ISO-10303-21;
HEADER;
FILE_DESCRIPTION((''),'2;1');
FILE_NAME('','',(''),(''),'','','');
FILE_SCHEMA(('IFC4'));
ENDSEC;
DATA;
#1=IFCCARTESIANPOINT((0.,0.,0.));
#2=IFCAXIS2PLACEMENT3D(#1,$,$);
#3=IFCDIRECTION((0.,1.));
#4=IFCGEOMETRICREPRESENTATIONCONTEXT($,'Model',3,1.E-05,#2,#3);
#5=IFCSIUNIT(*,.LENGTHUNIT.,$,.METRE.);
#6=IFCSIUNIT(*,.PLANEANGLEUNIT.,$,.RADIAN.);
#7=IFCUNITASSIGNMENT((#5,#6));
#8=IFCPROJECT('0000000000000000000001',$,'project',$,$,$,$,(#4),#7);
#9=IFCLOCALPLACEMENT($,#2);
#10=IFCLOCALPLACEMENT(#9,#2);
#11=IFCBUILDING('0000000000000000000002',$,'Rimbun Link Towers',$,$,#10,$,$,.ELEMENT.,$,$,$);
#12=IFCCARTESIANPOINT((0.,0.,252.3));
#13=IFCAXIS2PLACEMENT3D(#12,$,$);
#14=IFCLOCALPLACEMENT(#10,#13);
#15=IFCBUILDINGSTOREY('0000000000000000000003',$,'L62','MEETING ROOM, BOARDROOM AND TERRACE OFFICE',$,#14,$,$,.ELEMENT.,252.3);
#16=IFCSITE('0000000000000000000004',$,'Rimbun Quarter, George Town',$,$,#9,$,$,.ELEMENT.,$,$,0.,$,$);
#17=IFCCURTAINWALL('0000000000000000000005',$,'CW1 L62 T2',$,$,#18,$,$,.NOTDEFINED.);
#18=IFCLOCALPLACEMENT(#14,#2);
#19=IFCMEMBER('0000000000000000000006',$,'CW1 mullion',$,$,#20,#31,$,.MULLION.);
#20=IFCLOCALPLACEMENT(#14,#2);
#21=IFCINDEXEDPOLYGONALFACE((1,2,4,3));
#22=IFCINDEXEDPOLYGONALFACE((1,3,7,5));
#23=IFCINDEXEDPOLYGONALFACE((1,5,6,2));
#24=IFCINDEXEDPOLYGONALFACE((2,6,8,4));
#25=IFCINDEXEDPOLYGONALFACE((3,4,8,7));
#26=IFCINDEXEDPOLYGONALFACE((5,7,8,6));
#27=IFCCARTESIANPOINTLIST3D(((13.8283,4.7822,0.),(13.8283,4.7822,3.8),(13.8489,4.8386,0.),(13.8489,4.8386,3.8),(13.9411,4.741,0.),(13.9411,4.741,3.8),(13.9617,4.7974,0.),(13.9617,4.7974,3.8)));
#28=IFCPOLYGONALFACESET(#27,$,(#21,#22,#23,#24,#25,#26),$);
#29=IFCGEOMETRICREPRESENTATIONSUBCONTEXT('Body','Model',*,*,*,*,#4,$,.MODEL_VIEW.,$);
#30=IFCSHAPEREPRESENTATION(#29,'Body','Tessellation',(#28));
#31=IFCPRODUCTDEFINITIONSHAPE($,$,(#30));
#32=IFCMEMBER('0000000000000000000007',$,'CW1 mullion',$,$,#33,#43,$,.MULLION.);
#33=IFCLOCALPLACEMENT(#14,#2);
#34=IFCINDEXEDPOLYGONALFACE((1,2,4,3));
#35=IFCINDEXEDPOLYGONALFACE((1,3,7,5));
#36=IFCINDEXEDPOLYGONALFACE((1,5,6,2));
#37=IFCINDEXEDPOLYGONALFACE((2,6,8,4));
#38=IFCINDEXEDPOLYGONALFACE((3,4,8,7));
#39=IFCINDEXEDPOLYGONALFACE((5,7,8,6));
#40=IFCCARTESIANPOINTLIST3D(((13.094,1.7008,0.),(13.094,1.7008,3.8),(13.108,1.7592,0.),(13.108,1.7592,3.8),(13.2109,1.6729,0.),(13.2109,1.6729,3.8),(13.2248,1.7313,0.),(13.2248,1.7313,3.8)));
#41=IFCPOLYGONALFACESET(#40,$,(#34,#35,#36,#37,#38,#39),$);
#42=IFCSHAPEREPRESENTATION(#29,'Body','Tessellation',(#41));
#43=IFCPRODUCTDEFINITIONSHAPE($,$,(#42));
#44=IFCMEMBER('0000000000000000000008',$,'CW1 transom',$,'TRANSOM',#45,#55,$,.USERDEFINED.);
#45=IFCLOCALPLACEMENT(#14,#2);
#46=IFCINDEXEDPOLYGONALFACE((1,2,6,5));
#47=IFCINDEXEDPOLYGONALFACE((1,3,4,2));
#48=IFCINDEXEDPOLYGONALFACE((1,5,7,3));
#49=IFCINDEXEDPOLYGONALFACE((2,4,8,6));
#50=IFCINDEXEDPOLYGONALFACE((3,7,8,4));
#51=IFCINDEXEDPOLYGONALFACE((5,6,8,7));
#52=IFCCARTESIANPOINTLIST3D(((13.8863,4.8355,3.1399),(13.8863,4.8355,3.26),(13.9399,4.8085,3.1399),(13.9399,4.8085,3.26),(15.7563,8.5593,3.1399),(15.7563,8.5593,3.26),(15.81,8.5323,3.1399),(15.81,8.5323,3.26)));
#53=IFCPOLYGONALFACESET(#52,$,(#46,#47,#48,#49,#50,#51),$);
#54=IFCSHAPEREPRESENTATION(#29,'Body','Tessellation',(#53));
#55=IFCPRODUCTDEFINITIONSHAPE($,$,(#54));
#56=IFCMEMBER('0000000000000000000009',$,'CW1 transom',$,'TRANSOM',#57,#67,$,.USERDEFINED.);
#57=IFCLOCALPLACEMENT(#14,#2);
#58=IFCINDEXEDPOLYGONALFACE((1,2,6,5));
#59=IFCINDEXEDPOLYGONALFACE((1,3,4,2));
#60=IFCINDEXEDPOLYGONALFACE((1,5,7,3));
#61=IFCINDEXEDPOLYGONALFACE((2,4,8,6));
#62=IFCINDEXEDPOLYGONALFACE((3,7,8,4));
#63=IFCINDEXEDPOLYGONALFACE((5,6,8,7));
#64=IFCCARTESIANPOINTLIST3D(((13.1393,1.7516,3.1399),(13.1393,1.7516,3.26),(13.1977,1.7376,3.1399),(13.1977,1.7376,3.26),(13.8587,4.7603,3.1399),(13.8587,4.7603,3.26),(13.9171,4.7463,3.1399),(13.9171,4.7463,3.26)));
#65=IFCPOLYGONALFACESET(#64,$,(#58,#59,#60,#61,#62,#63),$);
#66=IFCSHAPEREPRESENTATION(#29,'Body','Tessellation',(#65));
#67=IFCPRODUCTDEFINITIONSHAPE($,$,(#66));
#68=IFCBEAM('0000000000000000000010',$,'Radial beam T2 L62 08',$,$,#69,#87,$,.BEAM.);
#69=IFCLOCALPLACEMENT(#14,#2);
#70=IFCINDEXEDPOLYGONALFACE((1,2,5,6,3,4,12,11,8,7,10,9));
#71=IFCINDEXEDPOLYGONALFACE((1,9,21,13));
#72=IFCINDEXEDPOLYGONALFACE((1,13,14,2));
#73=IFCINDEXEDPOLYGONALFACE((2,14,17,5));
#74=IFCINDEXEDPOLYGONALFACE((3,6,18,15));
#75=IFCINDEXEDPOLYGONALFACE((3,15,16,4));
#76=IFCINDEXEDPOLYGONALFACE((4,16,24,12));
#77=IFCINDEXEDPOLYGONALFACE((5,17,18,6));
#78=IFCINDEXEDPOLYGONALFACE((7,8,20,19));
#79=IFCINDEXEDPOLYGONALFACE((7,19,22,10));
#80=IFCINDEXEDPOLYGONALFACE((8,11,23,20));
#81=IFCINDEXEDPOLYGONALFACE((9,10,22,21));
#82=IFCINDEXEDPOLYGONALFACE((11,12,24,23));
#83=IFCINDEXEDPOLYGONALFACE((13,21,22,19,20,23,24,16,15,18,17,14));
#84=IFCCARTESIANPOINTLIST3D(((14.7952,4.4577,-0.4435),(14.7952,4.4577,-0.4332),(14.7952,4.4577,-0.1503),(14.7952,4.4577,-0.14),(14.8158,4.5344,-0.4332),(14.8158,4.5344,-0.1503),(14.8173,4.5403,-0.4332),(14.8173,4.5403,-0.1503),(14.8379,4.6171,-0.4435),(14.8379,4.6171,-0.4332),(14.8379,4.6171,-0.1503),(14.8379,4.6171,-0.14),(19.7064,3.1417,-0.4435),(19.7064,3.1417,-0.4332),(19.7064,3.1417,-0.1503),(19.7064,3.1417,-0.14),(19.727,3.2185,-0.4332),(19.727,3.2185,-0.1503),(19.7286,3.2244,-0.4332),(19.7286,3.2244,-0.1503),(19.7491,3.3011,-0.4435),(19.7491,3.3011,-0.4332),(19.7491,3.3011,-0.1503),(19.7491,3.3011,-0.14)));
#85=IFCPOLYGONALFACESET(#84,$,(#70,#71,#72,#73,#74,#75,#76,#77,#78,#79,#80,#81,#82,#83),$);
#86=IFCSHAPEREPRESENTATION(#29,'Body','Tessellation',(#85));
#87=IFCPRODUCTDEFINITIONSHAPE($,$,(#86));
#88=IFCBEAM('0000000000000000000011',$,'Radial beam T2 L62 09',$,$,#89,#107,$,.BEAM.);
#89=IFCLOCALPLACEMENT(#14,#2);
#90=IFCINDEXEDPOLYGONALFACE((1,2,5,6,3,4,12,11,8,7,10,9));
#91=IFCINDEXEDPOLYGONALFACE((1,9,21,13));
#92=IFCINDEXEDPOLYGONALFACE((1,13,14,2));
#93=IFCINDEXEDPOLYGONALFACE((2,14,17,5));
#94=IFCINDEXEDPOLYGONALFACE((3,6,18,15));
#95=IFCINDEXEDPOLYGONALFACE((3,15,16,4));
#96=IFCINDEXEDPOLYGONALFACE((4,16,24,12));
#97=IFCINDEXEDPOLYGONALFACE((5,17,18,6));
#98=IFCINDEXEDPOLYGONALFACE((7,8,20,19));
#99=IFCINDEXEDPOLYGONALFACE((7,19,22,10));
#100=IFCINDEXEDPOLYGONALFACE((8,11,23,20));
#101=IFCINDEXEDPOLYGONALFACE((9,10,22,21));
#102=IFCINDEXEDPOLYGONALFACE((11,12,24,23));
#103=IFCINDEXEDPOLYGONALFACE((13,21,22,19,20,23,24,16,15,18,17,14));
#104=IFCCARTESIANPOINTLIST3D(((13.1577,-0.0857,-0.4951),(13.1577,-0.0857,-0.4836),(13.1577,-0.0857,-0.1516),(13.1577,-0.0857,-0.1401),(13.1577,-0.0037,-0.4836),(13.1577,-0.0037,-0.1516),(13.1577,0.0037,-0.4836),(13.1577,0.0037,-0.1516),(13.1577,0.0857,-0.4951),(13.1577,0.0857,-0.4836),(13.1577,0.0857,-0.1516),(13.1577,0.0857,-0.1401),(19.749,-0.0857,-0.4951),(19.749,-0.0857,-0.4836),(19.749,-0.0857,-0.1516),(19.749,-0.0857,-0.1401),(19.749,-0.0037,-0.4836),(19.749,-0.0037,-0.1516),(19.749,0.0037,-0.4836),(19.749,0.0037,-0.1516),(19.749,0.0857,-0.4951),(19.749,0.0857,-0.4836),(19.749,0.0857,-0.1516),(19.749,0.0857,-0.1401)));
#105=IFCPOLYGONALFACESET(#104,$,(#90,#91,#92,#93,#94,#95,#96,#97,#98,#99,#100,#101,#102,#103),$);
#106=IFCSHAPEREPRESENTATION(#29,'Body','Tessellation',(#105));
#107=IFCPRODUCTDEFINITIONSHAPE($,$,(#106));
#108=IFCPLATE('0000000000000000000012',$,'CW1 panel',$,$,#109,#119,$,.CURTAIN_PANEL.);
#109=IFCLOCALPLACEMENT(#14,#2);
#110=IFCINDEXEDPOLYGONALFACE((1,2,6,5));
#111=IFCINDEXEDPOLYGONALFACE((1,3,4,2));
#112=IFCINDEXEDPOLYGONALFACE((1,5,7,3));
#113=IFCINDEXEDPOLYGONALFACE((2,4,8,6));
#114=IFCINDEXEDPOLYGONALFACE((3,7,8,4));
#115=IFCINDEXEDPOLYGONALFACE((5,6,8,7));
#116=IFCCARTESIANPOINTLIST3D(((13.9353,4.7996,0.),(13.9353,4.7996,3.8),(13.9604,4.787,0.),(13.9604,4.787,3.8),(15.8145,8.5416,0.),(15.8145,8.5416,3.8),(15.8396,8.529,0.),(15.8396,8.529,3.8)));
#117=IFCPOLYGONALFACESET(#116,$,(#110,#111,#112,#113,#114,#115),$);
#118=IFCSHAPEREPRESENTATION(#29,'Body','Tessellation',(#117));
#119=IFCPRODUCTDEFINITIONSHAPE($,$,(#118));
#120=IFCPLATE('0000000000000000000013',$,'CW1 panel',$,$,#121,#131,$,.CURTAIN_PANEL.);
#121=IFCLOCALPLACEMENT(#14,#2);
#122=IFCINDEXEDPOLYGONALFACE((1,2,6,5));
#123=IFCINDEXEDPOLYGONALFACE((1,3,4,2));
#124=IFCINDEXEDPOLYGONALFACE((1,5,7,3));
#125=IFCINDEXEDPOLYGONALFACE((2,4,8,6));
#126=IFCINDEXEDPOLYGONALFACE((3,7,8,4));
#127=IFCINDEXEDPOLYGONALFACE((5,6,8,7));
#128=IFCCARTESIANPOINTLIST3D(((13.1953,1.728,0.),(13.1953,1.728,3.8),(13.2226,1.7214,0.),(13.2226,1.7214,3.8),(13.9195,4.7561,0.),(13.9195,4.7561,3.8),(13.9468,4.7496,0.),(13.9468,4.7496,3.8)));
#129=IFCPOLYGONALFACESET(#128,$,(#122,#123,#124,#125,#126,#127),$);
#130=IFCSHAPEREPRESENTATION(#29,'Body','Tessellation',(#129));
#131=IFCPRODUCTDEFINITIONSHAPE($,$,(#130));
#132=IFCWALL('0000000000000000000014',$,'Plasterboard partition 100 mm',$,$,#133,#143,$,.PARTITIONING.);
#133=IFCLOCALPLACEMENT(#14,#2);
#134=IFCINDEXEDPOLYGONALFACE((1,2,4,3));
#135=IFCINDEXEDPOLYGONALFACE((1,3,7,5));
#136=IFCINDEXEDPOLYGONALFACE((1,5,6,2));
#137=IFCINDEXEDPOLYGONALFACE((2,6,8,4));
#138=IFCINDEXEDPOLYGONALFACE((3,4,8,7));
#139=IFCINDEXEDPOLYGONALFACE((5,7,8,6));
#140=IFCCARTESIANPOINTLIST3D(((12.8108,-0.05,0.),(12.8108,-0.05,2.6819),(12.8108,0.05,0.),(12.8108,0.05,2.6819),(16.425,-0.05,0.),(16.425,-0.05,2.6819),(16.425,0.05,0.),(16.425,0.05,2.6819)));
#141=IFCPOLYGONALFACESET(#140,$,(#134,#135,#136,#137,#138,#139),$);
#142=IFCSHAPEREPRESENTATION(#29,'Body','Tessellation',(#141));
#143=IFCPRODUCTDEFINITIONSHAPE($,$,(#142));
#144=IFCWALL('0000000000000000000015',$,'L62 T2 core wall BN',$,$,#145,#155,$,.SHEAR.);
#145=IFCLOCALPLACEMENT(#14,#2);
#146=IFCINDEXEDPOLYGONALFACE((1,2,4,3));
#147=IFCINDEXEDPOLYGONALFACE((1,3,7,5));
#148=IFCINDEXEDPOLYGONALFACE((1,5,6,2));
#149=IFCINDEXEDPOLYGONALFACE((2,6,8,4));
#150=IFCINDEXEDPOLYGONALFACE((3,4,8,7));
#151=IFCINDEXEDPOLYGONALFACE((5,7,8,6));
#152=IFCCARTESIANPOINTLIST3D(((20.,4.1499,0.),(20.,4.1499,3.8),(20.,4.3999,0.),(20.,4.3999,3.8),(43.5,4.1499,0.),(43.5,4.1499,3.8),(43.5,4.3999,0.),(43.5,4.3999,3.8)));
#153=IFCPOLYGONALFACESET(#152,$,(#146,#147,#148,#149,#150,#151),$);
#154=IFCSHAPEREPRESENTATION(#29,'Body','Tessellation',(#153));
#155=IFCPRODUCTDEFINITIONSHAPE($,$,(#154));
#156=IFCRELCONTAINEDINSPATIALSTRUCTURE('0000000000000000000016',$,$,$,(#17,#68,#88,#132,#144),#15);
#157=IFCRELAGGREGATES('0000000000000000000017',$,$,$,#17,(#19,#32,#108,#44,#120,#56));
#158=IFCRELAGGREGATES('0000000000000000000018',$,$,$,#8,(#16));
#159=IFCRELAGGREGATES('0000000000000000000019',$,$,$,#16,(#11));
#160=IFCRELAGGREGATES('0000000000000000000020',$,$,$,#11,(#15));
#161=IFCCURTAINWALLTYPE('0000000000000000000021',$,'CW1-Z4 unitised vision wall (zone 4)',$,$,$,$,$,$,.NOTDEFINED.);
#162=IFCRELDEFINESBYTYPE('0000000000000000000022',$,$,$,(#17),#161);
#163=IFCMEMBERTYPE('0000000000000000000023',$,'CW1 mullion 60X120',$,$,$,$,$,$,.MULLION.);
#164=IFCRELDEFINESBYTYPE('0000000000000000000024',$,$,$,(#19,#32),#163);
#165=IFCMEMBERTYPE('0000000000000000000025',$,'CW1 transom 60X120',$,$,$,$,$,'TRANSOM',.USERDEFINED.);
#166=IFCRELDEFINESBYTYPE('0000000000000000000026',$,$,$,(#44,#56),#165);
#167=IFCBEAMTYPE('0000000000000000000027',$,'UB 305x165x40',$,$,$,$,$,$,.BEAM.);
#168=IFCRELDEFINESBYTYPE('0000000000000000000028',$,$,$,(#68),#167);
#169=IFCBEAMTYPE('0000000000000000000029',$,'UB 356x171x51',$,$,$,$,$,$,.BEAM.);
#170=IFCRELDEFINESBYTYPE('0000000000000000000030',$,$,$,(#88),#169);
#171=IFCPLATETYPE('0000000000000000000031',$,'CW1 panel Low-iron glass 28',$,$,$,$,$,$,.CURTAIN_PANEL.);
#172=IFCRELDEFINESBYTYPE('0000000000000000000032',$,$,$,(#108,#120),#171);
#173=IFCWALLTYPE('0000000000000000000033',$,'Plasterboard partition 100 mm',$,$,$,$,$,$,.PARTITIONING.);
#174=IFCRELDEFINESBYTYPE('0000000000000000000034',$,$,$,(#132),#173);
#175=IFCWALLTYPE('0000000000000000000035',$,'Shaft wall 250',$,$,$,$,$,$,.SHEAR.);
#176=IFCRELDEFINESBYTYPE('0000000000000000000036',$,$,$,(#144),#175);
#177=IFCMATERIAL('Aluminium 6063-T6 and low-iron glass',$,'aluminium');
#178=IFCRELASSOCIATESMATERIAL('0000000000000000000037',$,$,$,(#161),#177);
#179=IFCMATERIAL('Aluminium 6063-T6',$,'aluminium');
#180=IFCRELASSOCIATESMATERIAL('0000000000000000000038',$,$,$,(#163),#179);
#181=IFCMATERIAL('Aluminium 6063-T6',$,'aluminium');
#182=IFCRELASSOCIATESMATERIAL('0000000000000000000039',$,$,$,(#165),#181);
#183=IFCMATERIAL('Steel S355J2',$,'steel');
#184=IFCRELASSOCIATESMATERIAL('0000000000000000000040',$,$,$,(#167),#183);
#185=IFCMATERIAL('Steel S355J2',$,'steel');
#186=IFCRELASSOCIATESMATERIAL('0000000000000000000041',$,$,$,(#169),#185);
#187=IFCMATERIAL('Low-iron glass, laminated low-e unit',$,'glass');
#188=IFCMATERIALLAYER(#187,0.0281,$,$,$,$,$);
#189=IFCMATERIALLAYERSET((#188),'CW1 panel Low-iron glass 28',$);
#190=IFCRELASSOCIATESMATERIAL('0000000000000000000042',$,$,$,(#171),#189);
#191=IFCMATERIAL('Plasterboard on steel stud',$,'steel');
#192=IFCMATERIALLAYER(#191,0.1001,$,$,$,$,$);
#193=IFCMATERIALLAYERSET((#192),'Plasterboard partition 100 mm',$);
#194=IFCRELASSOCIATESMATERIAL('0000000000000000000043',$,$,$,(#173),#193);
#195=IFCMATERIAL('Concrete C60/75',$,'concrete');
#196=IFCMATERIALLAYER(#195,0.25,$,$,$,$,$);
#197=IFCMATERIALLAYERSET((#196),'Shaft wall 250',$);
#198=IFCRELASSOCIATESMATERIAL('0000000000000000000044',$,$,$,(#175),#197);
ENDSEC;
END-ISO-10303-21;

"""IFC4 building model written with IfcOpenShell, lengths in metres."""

from ifc_helpers import new_model, si_unit, direction, frame, frame_2d, origin, origin_2d, place, context, subcontext, project, spatial, rectangle, i_section, extrude, material, layer, layer_set, material_profile, profile_set, type_object, element, aggregate, save


model = new_model("IFC4")

# Units and contexts
model_context = context("Model", 3, precision=1e-05, world=origin(), true_north=direction((0.0, 1.0)))
body_context = subcontext(model_context, "Body", "Model", "MODEL_VIEW")
ifc_project = project(units=[si_unit("LENGTHUNIT", "METRE"), si_unit("PLANEANGLEUNIT", "RADIAN")], contexts=[model_context])

# Site, building, storey
site_placement = place(None, origin())
site = spatial("IfcSite", under=ifc_project, at=site_placement, Name="Rimbun Quarter, George Town", CompositionType="ELEMENT", RefElevation=0.0)
building_placement = place(site_placement, origin())
building = spatial("IfcBuilding", under=site, at=building_placement, Name="Rimbun Link Towers", CompositionType="ELEMENT")
storey_placement = place(building_placement, frame((0.0, 0.0, 252.3)))
storey = spatial("IfcBuildingStorey", under=building, at=storey_placement, Name="L62", Description="MEETING ROOM, BOARDROOM AND TERRACE OFFICE", CompositionType="ELEMENT", Elevation=252.3)

# Curtain wall, members
ifc_material_1 = material(Name="Aluminium 6063-T6 and low-iron glass", Category="aluminium")
curtain_wall_type = type_object("IfcCurtainWallType", Name="CW1-Z4 unitised vision wall (zone 4)", PredefinedType="NOTDEFINED", material=ifc_material_1)
curtain_wall_placement = place(storey_placement, origin())
curtain_wall = element("IfcCurtainWall", 1, at=curtain_wall_placement, inside=storey, type_object=curtain_wall_type, Name="CW1 L62 T2", PredefinedType="NOTDEFINED")
ifc_material_2 = material(Name="Aluminium 6063-T6", Category="aluminium")
ifc_material_profile_1 = material_profile(ifc_material_2, rectangle(XDim=0.1201, YDim=0.0601, at=origin_2d()), Name="MULLION 60X120")
ifc_profile_set_1 = profile_set([ifc_material_profile_1], Name="Aluminium 6063-T6")
member_type_1 = type_object("IfcMemberType", Name="CW1 mullion 60X120", PredefinedType="MULLION", material=ifc_profile_set_1)
member_1_placement = place(storey_placement, frame((13.895, 4.7898, 0.0), z_axis=(0.0, 0.0, 1.0), x_axis=(-0.939348, 0.342965, 0.0)))
member_1 = element("IfcMember", 2, at=member_1_placement, type_object=member_type_1, Name="CW1 mullion", PredefinedType="MULLION", context=body_context, shape_type="SweptSolid", body=[
    extrude(rectangle(XDim=0.1201, YDim=0.0601, at=origin_2d()), origin(), (0.0, 0.0, 1.0), 3.8),
])
member_2_placement = place(storey_placement, frame((13.1594, 1.7161, 0.0), z_axis=(0.0, 0.0, 1.0), x_axis=(-0.972571, 0.232605, 0.0)))
member_2 = element("IfcMember", 3, at=member_2_placement, type_object=member_type_1, Name="CW1 mullion", PredefinedType="MULLION", context=body_context, shape_type="SweptSolid", body=[
    extrude(rectangle(XDim=0.1201, YDim=0.0601, at=origin_2d()), origin(), (0.0, 0.0, 1.0), 3.8),
])
ifc_material_3 = material(Name="Aluminium 6063-T6", Category="aluminium")
ifc_material_profile_2 = material_profile(ifc_material_3, rectangle(XDim=0.0601, YDim=0.1201, at=origin_2d()), Name="TRANSOM 60X120")
ifc_profile_set_2 = profile_set([ifc_material_profile_2], Name="Aluminium 6063-T6")
member_type_2 = type_object("IfcMemberType", Name="CW1 transom 60X120", ElementType="TRANSOM", PredefinedType="USERDEFINED", material=ifc_profile_set_2)
member_3_placement = place(storey_placement, frame((13.9131, 4.822, 3.2), z_axis=(0.448783, 0.893641, 0.0), x_axis=(-0.893641, 0.448783, 0.0)))
member_3 = element("IfcMember", 4, at=member_3_placement, type_object=member_type_2, Name="CW1 transom", ObjectType="TRANSOM", PredefinedType="USERDEFINED", context=body_context, shape_type="SweptSolid", body=[
    extrude(rectangle(XDim=0.0601, YDim=0.1201, at=origin_2d()), origin(), (0.0, 0.0, 1.0), 4.167),
])
member_4_placement = place(storey_placement, frame((13.1685, 1.7446, 3.2), z_axis=(0.23257, 0.97258, 0.0), x_axis=(-0.97258, 0.23257, 0.0)))
member_4 = element("IfcMember", 5, at=member_4_placement, type_object=member_type_2, Name="CW1 transom", ObjectType="TRANSOM", PredefinedType="USERDEFINED", context=body_context, shape_type="SweptSolid", body=[
    extrude(rectangle(XDim=0.0601, YDim=0.1201, at=origin_2d()), origin(), (0.0, 0.0, 1.0), 3.0935),
])

# Beams
ifc_material_4 = material(Name="Steel S355J2", Category="steel")
ifc_material_profile_3 = material_profile(ifc_material_4, i_section(OverallWidth=0.165, OverallDepth=0.3035, WebThickness=0.0061, FlangeThickness=0.0103, at=origin_2d()), Name="UB 305x165x40")
ifc_profile_set_3 = profile_set([ifc_material_profile_3], Name="Steel S355J2")
beam_type_1 = type_object("IfcBeamType", Name="UB 305x165x40", PredefinedType="BEAM", material=ifc_profile_set_3)
beam_1_placement = place(storey_placement, frame((19.7278, 3.2214, -0.2917), z_axis=(-0.965927, 0.258816, 0.0), x_axis=(-0.258816, -0.965927, 0.0)))
element("IfcBeam", 6, at=beam_1_placement, inside=storey, type_object=beam_type_1, Name="Radial beam T2 L62 08", PredefinedType="BEAM", context=body_context, shape_type="SweptSolid", body=[
    extrude(i_section(OverallWidth=0.165, OverallDepth=0.3035, WebThickness=0.0061, FlangeThickness=0.0103, at=origin_2d()), origin(), (0.0, 0.0, 1.0), 5.0845),
])
ifc_material_5 = material(Name="Steel S355J2", Category="steel")
ifc_material_profile_4 = material_profile(ifc_material_5, i_section(OverallWidth=0.1714, OverallDepth=0.355, WebThickness=0.0073, FlangeThickness=0.0115, at=origin_2d()), Name="UB 356x171x51")
ifc_profile_set_4 = profile_set([ifc_material_profile_4], Name="Steel S355J2")
beam_type_2 = type_object("IfcBeamType", Name="UB 356x171x51", PredefinedType="BEAM", material=ifc_profile_set_4)
beam_2_placement = place(storey_placement, frame((19.749, 0.0, -0.3176), z_axis=(-1.0, 0.0, 0.0), x_axis=(0.0, -1.0, 0.0)))
element("IfcBeam", 7, at=beam_2_placement, inside=storey, type_object=beam_type_2, Name="Radial beam T2 L62 09", PredefinedType="BEAM", context=body_context, shape_type="SweptSolid", body=[
    extrude(i_section(OverallWidth=0.1714, OverallDepth=0.355, WebThickness=0.0073, FlangeThickness=0.0115, at=origin_2d()), origin(), (0.0, 0.0, 1.0), 6.5913),
])

# Plates
ifc_material_6 = material(Name="Low-iron glass, laminated low-e unit", Category="glass")
ifc_layer_1 = layer(ifc_material_6, 0.0281)
ifc_layer_set_1 = layer_set([ifc_layer_1], Name="CW1 panel Low-iron glass 28")
plate_type = type_object("IfcPlateType", Name="CW1 panel Low-iron glass 28", PredefinedType="CURTAIN_PANEL", material=ifc_layer_set_1)
plate_1_placement = place(storey_placement, frame((14.8875, 6.6643, 0.0), z_axis=(0.0, 0.0, 1.0), x_axis=(0.44877, 0.893647, 0.0)))
plate_1 = element("IfcPlate", 8, at=plate_1_placement, type_object=plate_type, Name="CW1 panel", PredefinedType="CURTAIN_PANEL", context=body_context, shape_type="SweptSolid", body=[
    extrude(rectangle(XDim=4.1873, YDim=0.0281, at=origin_2d()), origin(), (0.0, 0.0, 1.0), 3.8),
])
plate_2_placement = place(storey_placement, frame((13.571, 3.2388, 0.0), z_axis=(0.0, 0.0, 1.0), x_axis=(0.232605, 0.972571, 0.0)))
plate_2 = element("IfcPlate", 9, at=plate_2_placement, type_object=plate_type, Name="CW1 panel", PredefinedType="CURTAIN_PANEL", context=body_context, shape_type="SweptSolid", body=[
    extrude(rectangle(XDim=3.1135, YDim=0.0281, at=origin_2d()), origin(), (0.0, 0.0, 1.0), 3.8),
])
aggregate(curtain_wall, [member_1, member_2, plate_1, member_3, plate_2, member_4])

# Walls
ifc_material_7 = material(Name="Plasterboard on steel stud", Category="steel")
ifc_layer_2 = layer(ifc_material_7, 0.1001)
ifc_layer_set_2 = layer_set([ifc_layer_2], Name="Plasterboard partition 100 mm")
wall_type_1 = type_object("IfcWallType", Name="Plasterboard partition 100 mm", PredefinedType="PARTITIONING", material=ifc_layer_set_2)
wall_1_placement = place(storey_placement, frame((12.8108, 0.0, 0.0), z_axis=(0.0, 0.0, 1.0), x_axis=(1.0, 0.0, 0.0)))
element("IfcWall", 10, at=wall_1_placement, inside=storey, type_object=wall_type_1, Name="Plasterboard partition 100 mm", PredefinedType="PARTITIONING", context=body_context, shape_type="SweptSolid", body=[
    extrude(rectangle(XDim=3.6143, YDim=0.1001, at=frame_2d((1.8071, 0.0))), origin(), (0.0, 0.0, 1.0), 2.6819),
])
ifc_material_8 = material(Name="Concrete C60/75", Category="concrete")
ifc_layer_3 = layer(ifc_material_8, 0.25)
ifc_layer_set_3 = layer_set([ifc_layer_3], Name="Shaft wall 250")
wall_type_2 = type_object("IfcWallType", Name="Shaft wall 250", PredefinedType="SHEAR", material=ifc_layer_set_3)
wall_2_placement = place(storey_placement, frame((20.0, 4.2749, 0.0), z_axis=(0.0, 0.0, 1.0), x_axis=(1.0, 0.0, 0.0)))
element("IfcWall", 11, at=wall_2_placement, inside=storey, type_object=wall_type_2, Name="L62 T2 core wall BN", PredefinedType="SHEAR", context=body_context, shape_type="SweptSolid", body=[
    extrude(rectangle(XDim=23.5, YDim=0.25, at=frame_2d((11.75, 0.0))), origin(), (0.0, 0.0, 1.0), 3.8),
])

save(model, "model.ifc")
